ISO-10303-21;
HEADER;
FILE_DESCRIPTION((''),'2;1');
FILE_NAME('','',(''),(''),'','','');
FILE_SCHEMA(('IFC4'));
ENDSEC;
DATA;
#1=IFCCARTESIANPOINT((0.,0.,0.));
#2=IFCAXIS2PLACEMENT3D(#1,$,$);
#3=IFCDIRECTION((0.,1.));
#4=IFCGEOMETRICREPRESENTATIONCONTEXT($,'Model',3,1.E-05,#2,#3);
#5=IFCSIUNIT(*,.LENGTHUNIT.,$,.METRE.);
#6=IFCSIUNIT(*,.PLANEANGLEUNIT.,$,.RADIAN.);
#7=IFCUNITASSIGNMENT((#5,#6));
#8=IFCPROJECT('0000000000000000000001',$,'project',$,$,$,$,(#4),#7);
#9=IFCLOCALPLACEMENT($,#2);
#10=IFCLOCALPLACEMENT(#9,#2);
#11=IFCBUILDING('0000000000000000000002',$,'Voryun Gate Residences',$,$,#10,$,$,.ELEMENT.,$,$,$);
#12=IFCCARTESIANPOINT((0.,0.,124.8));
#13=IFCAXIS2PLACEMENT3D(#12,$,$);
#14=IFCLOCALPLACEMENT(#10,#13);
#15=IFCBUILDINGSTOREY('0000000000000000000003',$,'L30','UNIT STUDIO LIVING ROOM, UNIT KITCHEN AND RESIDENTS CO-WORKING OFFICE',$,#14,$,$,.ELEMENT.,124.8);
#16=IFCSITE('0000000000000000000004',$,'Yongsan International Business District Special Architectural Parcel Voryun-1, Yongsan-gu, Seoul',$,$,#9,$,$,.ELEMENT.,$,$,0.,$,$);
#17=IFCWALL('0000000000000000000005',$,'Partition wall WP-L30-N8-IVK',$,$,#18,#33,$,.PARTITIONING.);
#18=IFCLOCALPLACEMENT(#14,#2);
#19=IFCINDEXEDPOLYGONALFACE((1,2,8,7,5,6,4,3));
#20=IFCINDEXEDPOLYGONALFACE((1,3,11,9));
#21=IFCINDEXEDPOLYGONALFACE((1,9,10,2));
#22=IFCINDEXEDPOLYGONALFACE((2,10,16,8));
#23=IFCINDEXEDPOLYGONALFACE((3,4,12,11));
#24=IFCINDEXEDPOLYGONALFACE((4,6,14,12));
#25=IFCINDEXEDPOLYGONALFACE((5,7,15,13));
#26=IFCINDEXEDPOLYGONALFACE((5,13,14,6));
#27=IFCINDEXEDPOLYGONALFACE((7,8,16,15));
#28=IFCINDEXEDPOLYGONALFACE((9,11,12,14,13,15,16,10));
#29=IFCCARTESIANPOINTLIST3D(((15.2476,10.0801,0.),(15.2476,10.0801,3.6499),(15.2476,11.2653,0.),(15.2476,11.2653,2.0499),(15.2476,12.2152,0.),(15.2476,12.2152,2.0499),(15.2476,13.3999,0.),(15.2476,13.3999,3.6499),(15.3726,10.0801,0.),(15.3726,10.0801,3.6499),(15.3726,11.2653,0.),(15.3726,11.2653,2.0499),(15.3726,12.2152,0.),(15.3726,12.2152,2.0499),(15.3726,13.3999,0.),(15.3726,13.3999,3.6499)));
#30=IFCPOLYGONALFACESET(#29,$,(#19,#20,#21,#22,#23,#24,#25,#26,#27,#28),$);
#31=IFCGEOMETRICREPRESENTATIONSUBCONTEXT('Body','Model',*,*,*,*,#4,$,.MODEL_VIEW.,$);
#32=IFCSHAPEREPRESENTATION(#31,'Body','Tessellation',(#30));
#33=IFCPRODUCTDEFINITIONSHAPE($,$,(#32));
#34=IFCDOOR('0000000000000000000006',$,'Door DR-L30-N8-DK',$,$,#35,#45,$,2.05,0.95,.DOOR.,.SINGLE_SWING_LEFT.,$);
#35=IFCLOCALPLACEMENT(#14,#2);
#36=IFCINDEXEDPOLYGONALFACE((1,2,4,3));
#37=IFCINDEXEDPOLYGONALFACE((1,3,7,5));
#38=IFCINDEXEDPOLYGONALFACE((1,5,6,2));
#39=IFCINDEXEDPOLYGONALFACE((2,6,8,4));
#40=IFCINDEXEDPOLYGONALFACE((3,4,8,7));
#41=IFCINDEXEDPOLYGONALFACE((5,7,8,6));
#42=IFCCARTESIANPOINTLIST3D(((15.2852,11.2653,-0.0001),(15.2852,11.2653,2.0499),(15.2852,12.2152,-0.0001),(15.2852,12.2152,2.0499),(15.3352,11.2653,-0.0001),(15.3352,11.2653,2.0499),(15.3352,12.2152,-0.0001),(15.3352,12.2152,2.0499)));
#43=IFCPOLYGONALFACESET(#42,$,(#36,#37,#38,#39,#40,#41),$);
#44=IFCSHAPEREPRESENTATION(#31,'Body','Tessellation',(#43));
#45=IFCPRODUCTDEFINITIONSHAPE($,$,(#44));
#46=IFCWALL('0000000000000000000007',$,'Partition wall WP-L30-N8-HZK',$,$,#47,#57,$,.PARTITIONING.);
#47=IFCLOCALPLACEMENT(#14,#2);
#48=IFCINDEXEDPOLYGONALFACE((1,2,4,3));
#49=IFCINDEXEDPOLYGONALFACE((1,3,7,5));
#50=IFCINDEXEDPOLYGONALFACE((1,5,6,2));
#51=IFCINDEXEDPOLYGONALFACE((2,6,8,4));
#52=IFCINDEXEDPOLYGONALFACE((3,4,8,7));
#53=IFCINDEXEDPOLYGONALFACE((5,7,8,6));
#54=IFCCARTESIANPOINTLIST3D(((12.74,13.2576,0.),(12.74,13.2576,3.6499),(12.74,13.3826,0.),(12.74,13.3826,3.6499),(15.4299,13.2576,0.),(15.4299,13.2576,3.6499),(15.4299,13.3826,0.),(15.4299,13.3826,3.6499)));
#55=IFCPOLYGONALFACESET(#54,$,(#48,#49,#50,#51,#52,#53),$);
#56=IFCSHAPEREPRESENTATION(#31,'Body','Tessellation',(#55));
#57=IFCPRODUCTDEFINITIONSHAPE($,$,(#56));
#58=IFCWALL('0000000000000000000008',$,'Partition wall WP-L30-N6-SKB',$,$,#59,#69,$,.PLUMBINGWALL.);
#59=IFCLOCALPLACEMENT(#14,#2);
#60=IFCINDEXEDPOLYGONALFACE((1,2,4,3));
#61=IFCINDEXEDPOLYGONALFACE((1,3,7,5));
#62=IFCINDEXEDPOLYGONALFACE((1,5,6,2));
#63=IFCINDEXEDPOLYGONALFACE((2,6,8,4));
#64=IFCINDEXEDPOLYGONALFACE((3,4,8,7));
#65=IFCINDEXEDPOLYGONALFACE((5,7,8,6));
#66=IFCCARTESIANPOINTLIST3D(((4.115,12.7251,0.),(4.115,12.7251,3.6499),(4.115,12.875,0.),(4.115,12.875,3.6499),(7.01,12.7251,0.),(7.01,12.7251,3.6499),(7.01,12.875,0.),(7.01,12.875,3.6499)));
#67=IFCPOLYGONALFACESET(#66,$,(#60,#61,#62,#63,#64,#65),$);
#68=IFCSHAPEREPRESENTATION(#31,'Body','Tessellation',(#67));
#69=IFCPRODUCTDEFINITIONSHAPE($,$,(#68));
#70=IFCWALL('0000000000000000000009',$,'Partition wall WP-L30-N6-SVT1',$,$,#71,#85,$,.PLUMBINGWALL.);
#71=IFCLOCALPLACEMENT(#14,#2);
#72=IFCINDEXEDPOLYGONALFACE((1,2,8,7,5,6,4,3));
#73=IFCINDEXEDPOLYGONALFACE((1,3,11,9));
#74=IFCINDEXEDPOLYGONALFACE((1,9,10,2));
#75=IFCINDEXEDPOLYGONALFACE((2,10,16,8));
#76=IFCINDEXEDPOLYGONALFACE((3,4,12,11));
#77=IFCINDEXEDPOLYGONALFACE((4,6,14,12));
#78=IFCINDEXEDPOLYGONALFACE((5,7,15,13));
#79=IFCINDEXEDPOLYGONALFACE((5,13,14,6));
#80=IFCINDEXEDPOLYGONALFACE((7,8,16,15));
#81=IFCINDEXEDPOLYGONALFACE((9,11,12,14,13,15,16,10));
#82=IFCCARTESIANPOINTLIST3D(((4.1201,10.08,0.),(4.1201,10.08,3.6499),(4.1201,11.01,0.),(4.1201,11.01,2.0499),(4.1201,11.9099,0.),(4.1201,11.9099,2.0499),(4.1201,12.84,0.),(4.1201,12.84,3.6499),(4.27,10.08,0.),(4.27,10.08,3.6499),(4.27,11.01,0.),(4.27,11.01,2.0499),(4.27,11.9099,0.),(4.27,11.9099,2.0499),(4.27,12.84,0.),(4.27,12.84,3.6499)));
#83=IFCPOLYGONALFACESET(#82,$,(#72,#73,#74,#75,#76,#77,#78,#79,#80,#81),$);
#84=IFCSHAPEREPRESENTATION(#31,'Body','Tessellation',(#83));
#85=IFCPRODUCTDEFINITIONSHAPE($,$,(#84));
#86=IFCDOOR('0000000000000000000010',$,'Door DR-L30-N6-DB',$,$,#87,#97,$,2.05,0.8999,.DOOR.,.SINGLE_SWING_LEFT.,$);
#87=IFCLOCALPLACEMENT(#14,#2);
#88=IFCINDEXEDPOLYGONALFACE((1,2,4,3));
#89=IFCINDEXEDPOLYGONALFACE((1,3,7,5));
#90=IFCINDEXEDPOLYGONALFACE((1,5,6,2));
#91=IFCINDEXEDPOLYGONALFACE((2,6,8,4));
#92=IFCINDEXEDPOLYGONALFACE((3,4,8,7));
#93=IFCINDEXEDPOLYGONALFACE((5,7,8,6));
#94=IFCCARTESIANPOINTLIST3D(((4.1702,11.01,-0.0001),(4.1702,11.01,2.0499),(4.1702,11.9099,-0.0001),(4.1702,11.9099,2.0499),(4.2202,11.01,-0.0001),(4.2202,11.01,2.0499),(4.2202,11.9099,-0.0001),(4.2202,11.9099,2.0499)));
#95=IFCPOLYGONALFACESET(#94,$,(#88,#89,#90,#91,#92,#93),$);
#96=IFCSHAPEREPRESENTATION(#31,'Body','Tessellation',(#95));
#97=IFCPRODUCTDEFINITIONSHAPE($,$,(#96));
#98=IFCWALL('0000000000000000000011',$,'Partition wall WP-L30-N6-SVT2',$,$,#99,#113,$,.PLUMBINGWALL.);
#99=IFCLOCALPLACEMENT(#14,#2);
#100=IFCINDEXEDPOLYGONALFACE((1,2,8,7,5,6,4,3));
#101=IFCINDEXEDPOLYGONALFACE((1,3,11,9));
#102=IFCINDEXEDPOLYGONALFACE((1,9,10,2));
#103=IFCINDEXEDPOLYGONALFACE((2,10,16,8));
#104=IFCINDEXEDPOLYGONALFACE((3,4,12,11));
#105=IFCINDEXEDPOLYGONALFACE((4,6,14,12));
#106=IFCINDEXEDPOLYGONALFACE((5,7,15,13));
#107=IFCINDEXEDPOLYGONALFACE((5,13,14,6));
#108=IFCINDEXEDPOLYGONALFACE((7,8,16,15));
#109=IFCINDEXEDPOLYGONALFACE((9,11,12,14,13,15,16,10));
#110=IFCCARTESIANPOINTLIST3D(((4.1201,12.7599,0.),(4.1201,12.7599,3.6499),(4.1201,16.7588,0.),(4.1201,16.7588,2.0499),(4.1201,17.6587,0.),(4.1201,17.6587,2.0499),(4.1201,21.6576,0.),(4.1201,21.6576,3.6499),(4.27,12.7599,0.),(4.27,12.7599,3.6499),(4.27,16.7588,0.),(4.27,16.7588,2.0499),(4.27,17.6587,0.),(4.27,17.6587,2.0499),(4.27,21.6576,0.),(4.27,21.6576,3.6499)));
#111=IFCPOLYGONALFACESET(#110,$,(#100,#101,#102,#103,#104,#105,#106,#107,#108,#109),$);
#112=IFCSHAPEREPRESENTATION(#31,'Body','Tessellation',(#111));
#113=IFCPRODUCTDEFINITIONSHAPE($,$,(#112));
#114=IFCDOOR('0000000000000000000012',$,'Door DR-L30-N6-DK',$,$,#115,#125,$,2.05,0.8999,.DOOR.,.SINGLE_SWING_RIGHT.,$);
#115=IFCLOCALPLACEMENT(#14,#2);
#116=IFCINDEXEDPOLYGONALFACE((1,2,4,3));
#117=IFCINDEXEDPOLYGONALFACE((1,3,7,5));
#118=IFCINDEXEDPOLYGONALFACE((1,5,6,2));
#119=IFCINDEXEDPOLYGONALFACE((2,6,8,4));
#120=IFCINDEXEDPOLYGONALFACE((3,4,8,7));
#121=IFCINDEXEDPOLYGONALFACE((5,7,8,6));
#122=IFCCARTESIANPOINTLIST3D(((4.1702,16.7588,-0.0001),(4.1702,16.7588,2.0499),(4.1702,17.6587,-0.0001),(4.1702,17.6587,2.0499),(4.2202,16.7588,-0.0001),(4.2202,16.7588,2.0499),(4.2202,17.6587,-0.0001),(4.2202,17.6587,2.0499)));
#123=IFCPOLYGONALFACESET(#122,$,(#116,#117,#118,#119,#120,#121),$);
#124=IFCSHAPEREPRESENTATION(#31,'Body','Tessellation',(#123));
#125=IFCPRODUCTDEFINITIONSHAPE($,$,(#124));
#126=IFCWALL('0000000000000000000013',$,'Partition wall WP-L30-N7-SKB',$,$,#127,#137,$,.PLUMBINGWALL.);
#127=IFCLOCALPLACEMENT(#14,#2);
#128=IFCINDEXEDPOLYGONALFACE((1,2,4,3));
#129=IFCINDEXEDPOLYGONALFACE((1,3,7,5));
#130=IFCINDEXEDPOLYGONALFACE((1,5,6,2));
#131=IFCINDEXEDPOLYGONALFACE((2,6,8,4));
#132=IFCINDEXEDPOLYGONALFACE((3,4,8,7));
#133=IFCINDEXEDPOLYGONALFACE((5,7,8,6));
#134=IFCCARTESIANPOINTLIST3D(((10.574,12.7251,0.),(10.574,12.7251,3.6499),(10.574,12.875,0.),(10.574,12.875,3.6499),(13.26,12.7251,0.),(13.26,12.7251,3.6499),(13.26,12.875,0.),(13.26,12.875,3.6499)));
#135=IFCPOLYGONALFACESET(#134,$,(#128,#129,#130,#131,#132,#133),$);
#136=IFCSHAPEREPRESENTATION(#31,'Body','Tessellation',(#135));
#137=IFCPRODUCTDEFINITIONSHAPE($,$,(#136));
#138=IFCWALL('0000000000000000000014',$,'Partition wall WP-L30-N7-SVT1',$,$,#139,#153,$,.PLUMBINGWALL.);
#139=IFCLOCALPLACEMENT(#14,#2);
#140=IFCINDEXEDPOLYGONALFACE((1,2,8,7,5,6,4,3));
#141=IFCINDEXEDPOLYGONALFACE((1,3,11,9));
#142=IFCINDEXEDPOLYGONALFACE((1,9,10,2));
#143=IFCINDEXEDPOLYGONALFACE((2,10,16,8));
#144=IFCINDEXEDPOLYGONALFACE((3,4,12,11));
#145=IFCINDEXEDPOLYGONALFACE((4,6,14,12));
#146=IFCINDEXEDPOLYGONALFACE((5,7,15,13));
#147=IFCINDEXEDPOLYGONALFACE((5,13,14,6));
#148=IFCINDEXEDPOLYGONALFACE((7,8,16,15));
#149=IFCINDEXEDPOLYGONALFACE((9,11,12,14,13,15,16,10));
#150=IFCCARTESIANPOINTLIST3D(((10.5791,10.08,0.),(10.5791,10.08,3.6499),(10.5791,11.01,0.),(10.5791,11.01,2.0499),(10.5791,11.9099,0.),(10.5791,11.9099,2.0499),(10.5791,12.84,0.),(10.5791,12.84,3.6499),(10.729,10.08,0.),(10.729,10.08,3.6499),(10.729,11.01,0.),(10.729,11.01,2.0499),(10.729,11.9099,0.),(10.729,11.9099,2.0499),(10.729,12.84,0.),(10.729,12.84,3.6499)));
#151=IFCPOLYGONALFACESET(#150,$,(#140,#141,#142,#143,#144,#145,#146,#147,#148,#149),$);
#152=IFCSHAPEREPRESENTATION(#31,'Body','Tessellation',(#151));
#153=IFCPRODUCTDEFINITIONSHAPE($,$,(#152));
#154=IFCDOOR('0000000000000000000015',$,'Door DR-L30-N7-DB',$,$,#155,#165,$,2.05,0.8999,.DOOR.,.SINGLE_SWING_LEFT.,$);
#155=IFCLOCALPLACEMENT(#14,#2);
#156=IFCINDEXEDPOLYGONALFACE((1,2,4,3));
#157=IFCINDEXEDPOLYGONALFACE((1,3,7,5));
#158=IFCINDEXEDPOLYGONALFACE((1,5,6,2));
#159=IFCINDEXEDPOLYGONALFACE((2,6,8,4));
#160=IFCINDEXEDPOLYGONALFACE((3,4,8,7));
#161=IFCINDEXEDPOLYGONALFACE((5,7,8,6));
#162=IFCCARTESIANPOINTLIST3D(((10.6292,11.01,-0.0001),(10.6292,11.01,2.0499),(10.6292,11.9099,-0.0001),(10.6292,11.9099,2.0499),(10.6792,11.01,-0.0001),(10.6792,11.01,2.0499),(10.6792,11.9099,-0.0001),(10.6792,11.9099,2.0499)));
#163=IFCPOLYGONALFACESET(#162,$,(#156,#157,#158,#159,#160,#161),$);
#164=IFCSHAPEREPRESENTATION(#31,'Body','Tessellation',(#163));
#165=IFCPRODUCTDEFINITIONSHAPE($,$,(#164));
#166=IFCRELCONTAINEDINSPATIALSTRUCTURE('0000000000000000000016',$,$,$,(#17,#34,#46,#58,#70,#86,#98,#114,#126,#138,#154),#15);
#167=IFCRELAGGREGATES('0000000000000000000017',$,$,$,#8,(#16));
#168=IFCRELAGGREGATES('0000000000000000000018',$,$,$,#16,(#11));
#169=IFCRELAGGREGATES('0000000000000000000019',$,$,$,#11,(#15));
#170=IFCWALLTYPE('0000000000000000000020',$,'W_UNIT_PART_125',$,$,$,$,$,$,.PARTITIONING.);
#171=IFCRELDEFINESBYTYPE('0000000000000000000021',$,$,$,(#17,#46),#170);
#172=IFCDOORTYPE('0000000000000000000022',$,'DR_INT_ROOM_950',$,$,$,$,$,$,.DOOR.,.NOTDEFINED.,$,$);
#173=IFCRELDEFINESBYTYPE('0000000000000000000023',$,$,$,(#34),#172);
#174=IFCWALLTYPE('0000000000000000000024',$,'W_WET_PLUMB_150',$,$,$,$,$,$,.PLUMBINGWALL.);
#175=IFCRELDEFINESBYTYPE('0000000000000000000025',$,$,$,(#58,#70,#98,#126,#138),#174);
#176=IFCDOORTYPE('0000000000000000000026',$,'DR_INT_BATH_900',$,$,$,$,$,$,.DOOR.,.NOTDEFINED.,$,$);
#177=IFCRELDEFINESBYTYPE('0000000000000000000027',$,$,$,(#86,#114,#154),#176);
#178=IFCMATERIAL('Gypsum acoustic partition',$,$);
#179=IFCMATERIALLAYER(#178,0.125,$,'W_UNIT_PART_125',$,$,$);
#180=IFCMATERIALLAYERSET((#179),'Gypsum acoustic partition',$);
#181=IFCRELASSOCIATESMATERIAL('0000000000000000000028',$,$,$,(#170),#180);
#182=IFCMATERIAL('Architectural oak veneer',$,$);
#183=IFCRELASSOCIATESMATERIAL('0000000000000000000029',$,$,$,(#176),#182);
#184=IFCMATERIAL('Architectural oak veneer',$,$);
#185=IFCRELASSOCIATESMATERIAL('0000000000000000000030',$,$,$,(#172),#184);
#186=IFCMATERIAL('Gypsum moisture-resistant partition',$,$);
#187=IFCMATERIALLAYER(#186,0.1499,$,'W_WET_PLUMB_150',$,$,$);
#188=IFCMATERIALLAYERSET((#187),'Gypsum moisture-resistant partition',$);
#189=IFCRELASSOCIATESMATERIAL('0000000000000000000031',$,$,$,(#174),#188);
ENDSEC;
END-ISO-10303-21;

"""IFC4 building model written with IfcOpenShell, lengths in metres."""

from ifc_helpers import new_model, si_unit, direction, frame, frame_2d, origin, place, context, subcontext, project, spatial, rectangle, extrude, material, layer, layer_set, type_object, element, fill, save


model = new_model("IFC4")

# Units and contexts
model_context = context("Model", 3, precision=1e-05, world=origin(), true_north=direction((0.0, 1.0)))
body_context = subcontext(model_context, "Body", "Model", "MODEL_VIEW")
ifc_project = project(units=[si_unit("LENGTHUNIT", "METRE"), si_unit("PLANEANGLEUNIT", "RADIAN")], contexts=[model_context])

# Site, building, storey
site_placement = place(None, origin())
site = spatial("IfcSite", under=ifc_project, at=site_placement, Name="Yongsan International Business District Special Architectural Parcel Voryun-1, Yongsan-gu, Seoul", CompositionType="ELEMENT", RefElevation=0.0)
building_placement = place(site_placement, origin())
building = spatial("IfcBuilding", under=site, at=building_placement, Name="Voryun Gate Residences", CompositionType="ELEMENT")
storey_placement = place(building_placement, frame((0.0, 0.0, 124.8)))
storey = spatial("IfcBuildingStorey", under=building, at=storey_placement, Name="L30", Description="UNIT STUDIO LIVING ROOM, UNIT KITCHEN AND RESIDENTS CO-WORKING OFFICE", CompositionType="ELEMENT", Elevation=124.8)

# Wall, opening, door
ifc_material_1 = material(Name="Gypsum acoustic partition")
ifc_layer_1 = layer(ifc_material_1, 0.125, Name="W_UNIT_PART_125")
ifc_layer_set_1 = layer_set([ifc_layer_1], Name="Gypsum acoustic partition")
wall_type_1 = type_object("IfcWallType", Name="W_UNIT_PART_125", PredefinedType="PARTITIONING", material=ifc_layer_set_1)
ifc_material_2 = material(Name="Architectural oak veneer")
door_type_1 = type_object("IfcDoorType", Name="DR_INT_BATH_900", OperationType="NOTDEFINED", PredefinedType="DOOR", material=ifc_material_2)
wall_1_placement = place(storey_placement, frame((15.3101, 10.0801, 0.0), z_axis=(0.0, 0.0, 1.0), x_axis=(0.0, 1.0, 0.0)))
wall_1 = element("IfcWall", 1, at=wall_1_placement, inside=storey, type_object=wall_type_1, Name="Partition wall WP-L30-N8-IVK", PredefinedType="PARTITIONING", context=body_context, shape_type="SweptSolid", body=[
    extrude(rectangle(XDim=3.3198, YDim=0.125, at=frame_2d((1.6599, 0.0))), origin(), (0.0, 0.0, 1.0), 3.6499),
])
opening_1_placement = place(wall_1_placement, frame((1.1851, 0.0, 0.0)))
opening_1 = element("IfcOpeningElement", 2, at=opening_1_placement, cuts=wall_1, PredefinedType="OPENING", context=body_context, shape_type="SweptSolid", body=[
    extrude(rectangle(XDim=0.95, YDim=2.05, at=frame_2d((0.4751, 1.0249))), frame((0.0, 0.0725, 0.0), z_axis=(0.0, -1.0, 0.0), x_axis=(1.0, 0.0, 0.0)), (0.0, 0.0, 1.0), 0.145),
])
ifc_material_3 = material(Name="Architectural oak veneer")
door_type_2 = type_object("IfcDoorType", Name="DR_INT_ROOM_950", OperationType="NOTDEFINED", PredefinedType="DOOR", material=ifc_material_3)
door_1_placement = place(opening_1_placement, origin())
door_1 = element("IfcDoor", 3, at=door_1_placement, inside=storey, type_object=door_type_2, Name="Door DR-L30-N8-DK", OperationType="SINGLE_SWING_LEFT", OverallHeight=2.05, OverallWidth=0.95, PredefinedType="DOOR", context=body_context, shape_type="SweptSolid", body=[
    extrude(rectangle(XDim=0.95, YDim=2.05, at=frame_2d((0.4751, 1.0249))), frame((0.0, 0.0249, 0.0), z_axis=(0.0, -1.0, 0.0), x_axis=(1.0, 0.0, 0.0)), (0.0, 0.0, 1.0), 0.05),
])
fill(opening_1, door_1)

# Walls
wall_2_placement = place(storey_placement, frame((12.74, 13.3201, 0.0), z_axis=(0.0, 0.0, 1.0), x_axis=(1.0, 0.0, 0.0)))
element("IfcWall", 4, at=wall_2_placement, inside=storey, type_object=wall_type_1, Name="Partition wall WP-L30-N8-HZK", PredefinedType="PARTITIONING", context=body_context, shape_type="SweptSolid", body=[
    extrude(rectangle(XDim=2.6899, YDim=0.125, at=frame_2d((1.345, 0.0))), origin(), (0.0, 0.0, 1.0), 3.6499),
])
ifc_material_4 = material(Name="Gypsum moisture-resistant partition")
ifc_layer_2 = layer(ifc_material_4, 0.1499, Name="W_WET_PLUMB_150")
ifc_layer_set_2 = layer_set([ifc_layer_2], Name="Gypsum moisture-resistant partition")
wall_type_2 = type_object("IfcWallType", Name="W_WET_PLUMB_150", PredefinedType="PLUMBINGWALL", material=ifc_layer_set_2)
wall_3_placement = place(storey_placement, frame((4.115, 12.8, 0.0), z_axis=(0.0, 0.0, 1.0), x_axis=(1.0, 0.0, 0.0)))
element("IfcWall", 5, at=wall_3_placement, inside=storey, type_object=wall_type_2, Name="Partition wall WP-L30-N6-SKB", PredefinedType="PLUMBINGWALL", context=body_context, shape_type="SweptSolid", body=[
    extrude(rectangle(XDim=2.895, YDim=0.1499, at=frame_2d((1.4475, 0.0))), origin(), (0.0, 0.0, 1.0), 3.6499),
])

# Walls, openings, doors
wall_4_placement = place(storey_placement, frame((4.1951, 10.0801, 0.0), z_axis=(0.0, 0.0, 1.0), x_axis=(0.0, 1.0, 0.0)))
wall_4 = element("IfcWall", 6, at=wall_4_placement, inside=storey, type_object=wall_type_2, Name="Partition wall WP-L30-N6-SVT1", PredefinedType="PLUMBINGWALL", context=body_context, shape_type="SweptSolid", body=[
    extrude(rectangle(XDim=2.76, YDim=0.1499, at=frame_2d((1.3799, 0.0))), origin(), (0.0, 0.0, 1.0), 3.6499),
])
opening_2_placement = place(wall_4_placement, frame((0.9299, 0.0, 0.0)))
opening_2 = element("IfcOpeningElement", 7, at=opening_2_placement, cuts=wall_4, PredefinedType="OPENING", context=body_context, shape_type="SweptSolid", body=[
    extrude(rectangle(XDim=0.8999, YDim=2.05, at=frame_2d((0.45, 1.0249))), frame((0.0, 0.085, 0.0), z_axis=(0.0, -1.0, 0.0), x_axis=(1.0, 0.0, 0.0)), (0.0, 0.0, 1.0), 0.1699),
])
door_2_placement = place(opening_2_placement, origin())
door_2 = element("IfcDoor", 8, at=door_2_placement, inside=storey, type_object=door_type_1, Name="Door DR-L30-N6-DB", OperationType="SINGLE_SWING_LEFT", OverallHeight=2.05, OverallWidth=0.8999, PredefinedType="DOOR", context=body_context, shape_type="SweptSolid", body=[
    extrude(rectangle(XDim=0.8999, YDim=2.05, at=frame_2d((0.45, 1.0249))), frame((0.0, 0.0249, 0.0), z_axis=(0.0, -1.0, 0.0), x_axis=(1.0, 0.0, 0.0)), (0.0, 0.0, 1.0), 0.05),
])
fill(opening_2, door_2)
wall_5_placement = place(storey_placement, frame((4.1951, 12.76, 0.0), z_axis=(0.0, 0.0, 1.0), x_axis=(0.0, 1.0, 0.0)))
wall_5 = element("IfcWall", 9, at=wall_5_placement, inside=storey, type_object=wall_type_2, Name="Partition wall WP-L30-N6-SVT2", PredefinedType="PLUMBINGWALL", context=body_context, shape_type="SweptSolid", body=[
    extrude(rectangle(XDim=8.8977, YDim=0.1499, at=frame_2d((4.4487, 0.0))), origin(), (0.0, 0.0, 1.0), 3.6499),
])
opening_3_placement = place(wall_5_placement, frame((3.9988, 0.0, 0.0)))
opening_3 = element("IfcOpeningElement", 10, at=opening_3_placement, cuts=wall_5, PredefinedType="OPENING", context=body_context, shape_type="SweptSolid", body=[
    extrude(rectangle(XDim=0.8999, YDim=2.05, at=frame_2d((0.45, 1.0249))), frame((0.0, 0.085, 0.0), z_axis=(0.0, -1.0, 0.0), x_axis=(1.0, 0.0, 0.0)), (0.0, 0.0, 1.0), 0.1699),
])
door_3_placement = place(opening_3_placement, origin())
door_3 = element("IfcDoor", 11, at=door_3_placement, inside=storey, type_object=door_type_1, Name="Door DR-L30-N6-DK", OperationType="SINGLE_SWING_RIGHT", OverallHeight=2.05, OverallWidth=0.8999, PredefinedType="DOOR", context=body_context, shape_type="SweptSolid", body=[
    extrude(rectangle(XDim=0.8999, YDim=2.05, at=frame_2d((0.45, 1.0249))), frame((0.0, 0.0249, 0.0), z_axis=(0.0, -1.0, 0.0), x_axis=(1.0, 0.0, 0.0)), (0.0, 0.0, 1.0), 0.05),
])
fill(opening_3, door_3)

# Wall
wall_6_placement = place(storey_placement, frame((10.574, 12.8, 0.0), z_axis=(0.0, 0.0, 1.0), x_axis=(1.0, 0.0, 0.0)))
element("IfcWall", 12, at=wall_6_placement, inside=storey, type_object=wall_type_2, Name="Partition wall WP-L30-N7-SKB", PredefinedType="PLUMBINGWALL", context=body_context, shape_type="SweptSolid", body=[
    extrude(rectangle(XDim=2.686, YDim=0.1499, at=frame_2d((1.343, 0.0))), origin(), (0.0, 0.0, 1.0), 3.6499),
])

# Wall, opening, door
wall_7_placement = place(storey_placement, frame((10.6541, 10.0801, 0.0), z_axis=(0.0, 0.0, 1.0), x_axis=(0.0, 1.0, 0.0)))
wall_7 = element("IfcWall", 13, at=wall_7_placement, inside=storey, type_object=wall_type_2, Name="Partition wall WP-L30-N7-SVT1", PredefinedType="PLUMBINGWALL", context=body_context, shape_type="SweptSolid", body=[
    extrude(rectangle(XDim=2.76, YDim=0.1499, at=frame_2d((1.3799, 0.0))), origin(), (0.0, 0.0, 1.0), 3.6499),
])
opening_4_placement = place(wall_7_placement, frame((0.9299, 0.0, 0.0)))
opening_4 = element("IfcOpeningElement", 14, at=opening_4_placement, cuts=wall_7, PredefinedType="OPENING", context=body_context, shape_type="SweptSolid", body=[
    extrude(rectangle(XDim=0.8999, YDim=2.05, at=frame_2d((0.45, 1.0249))), frame((0.0, 0.085, 0.0), z_axis=(0.0, -1.0, 0.0), x_axis=(1.0, 0.0, 0.0)), (0.0, 0.0, 1.0), 0.1699),
])
door_4_placement = place(opening_4_placement, origin())
door_4 = element("IfcDoor", 15, at=door_4_placement, inside=storey, type_object=door_type_1, Name="Door DR-L30-N7-DB", OperationType="SINGLE_SWING_LEFT", OverallHeight=2.05, OverallWidth=0.8999, PredefinedType="DOOR", context=body_context, shape_type="SweptSolid", body=[
    extrude(rectangle(XDim=0.8999, YDim=2.05, at=frame_2d((0.45, 1.0249))), frame((0.0, 0.0249, 0.0), z_axis=(0.0, -1.0, 0.0), x_axis=(1.0, 0.0, 0.0)), (0.0, 0.0, 1.0), 0.05),
])
fill(opening_4, door_4)

save(model, "model.ifc")
